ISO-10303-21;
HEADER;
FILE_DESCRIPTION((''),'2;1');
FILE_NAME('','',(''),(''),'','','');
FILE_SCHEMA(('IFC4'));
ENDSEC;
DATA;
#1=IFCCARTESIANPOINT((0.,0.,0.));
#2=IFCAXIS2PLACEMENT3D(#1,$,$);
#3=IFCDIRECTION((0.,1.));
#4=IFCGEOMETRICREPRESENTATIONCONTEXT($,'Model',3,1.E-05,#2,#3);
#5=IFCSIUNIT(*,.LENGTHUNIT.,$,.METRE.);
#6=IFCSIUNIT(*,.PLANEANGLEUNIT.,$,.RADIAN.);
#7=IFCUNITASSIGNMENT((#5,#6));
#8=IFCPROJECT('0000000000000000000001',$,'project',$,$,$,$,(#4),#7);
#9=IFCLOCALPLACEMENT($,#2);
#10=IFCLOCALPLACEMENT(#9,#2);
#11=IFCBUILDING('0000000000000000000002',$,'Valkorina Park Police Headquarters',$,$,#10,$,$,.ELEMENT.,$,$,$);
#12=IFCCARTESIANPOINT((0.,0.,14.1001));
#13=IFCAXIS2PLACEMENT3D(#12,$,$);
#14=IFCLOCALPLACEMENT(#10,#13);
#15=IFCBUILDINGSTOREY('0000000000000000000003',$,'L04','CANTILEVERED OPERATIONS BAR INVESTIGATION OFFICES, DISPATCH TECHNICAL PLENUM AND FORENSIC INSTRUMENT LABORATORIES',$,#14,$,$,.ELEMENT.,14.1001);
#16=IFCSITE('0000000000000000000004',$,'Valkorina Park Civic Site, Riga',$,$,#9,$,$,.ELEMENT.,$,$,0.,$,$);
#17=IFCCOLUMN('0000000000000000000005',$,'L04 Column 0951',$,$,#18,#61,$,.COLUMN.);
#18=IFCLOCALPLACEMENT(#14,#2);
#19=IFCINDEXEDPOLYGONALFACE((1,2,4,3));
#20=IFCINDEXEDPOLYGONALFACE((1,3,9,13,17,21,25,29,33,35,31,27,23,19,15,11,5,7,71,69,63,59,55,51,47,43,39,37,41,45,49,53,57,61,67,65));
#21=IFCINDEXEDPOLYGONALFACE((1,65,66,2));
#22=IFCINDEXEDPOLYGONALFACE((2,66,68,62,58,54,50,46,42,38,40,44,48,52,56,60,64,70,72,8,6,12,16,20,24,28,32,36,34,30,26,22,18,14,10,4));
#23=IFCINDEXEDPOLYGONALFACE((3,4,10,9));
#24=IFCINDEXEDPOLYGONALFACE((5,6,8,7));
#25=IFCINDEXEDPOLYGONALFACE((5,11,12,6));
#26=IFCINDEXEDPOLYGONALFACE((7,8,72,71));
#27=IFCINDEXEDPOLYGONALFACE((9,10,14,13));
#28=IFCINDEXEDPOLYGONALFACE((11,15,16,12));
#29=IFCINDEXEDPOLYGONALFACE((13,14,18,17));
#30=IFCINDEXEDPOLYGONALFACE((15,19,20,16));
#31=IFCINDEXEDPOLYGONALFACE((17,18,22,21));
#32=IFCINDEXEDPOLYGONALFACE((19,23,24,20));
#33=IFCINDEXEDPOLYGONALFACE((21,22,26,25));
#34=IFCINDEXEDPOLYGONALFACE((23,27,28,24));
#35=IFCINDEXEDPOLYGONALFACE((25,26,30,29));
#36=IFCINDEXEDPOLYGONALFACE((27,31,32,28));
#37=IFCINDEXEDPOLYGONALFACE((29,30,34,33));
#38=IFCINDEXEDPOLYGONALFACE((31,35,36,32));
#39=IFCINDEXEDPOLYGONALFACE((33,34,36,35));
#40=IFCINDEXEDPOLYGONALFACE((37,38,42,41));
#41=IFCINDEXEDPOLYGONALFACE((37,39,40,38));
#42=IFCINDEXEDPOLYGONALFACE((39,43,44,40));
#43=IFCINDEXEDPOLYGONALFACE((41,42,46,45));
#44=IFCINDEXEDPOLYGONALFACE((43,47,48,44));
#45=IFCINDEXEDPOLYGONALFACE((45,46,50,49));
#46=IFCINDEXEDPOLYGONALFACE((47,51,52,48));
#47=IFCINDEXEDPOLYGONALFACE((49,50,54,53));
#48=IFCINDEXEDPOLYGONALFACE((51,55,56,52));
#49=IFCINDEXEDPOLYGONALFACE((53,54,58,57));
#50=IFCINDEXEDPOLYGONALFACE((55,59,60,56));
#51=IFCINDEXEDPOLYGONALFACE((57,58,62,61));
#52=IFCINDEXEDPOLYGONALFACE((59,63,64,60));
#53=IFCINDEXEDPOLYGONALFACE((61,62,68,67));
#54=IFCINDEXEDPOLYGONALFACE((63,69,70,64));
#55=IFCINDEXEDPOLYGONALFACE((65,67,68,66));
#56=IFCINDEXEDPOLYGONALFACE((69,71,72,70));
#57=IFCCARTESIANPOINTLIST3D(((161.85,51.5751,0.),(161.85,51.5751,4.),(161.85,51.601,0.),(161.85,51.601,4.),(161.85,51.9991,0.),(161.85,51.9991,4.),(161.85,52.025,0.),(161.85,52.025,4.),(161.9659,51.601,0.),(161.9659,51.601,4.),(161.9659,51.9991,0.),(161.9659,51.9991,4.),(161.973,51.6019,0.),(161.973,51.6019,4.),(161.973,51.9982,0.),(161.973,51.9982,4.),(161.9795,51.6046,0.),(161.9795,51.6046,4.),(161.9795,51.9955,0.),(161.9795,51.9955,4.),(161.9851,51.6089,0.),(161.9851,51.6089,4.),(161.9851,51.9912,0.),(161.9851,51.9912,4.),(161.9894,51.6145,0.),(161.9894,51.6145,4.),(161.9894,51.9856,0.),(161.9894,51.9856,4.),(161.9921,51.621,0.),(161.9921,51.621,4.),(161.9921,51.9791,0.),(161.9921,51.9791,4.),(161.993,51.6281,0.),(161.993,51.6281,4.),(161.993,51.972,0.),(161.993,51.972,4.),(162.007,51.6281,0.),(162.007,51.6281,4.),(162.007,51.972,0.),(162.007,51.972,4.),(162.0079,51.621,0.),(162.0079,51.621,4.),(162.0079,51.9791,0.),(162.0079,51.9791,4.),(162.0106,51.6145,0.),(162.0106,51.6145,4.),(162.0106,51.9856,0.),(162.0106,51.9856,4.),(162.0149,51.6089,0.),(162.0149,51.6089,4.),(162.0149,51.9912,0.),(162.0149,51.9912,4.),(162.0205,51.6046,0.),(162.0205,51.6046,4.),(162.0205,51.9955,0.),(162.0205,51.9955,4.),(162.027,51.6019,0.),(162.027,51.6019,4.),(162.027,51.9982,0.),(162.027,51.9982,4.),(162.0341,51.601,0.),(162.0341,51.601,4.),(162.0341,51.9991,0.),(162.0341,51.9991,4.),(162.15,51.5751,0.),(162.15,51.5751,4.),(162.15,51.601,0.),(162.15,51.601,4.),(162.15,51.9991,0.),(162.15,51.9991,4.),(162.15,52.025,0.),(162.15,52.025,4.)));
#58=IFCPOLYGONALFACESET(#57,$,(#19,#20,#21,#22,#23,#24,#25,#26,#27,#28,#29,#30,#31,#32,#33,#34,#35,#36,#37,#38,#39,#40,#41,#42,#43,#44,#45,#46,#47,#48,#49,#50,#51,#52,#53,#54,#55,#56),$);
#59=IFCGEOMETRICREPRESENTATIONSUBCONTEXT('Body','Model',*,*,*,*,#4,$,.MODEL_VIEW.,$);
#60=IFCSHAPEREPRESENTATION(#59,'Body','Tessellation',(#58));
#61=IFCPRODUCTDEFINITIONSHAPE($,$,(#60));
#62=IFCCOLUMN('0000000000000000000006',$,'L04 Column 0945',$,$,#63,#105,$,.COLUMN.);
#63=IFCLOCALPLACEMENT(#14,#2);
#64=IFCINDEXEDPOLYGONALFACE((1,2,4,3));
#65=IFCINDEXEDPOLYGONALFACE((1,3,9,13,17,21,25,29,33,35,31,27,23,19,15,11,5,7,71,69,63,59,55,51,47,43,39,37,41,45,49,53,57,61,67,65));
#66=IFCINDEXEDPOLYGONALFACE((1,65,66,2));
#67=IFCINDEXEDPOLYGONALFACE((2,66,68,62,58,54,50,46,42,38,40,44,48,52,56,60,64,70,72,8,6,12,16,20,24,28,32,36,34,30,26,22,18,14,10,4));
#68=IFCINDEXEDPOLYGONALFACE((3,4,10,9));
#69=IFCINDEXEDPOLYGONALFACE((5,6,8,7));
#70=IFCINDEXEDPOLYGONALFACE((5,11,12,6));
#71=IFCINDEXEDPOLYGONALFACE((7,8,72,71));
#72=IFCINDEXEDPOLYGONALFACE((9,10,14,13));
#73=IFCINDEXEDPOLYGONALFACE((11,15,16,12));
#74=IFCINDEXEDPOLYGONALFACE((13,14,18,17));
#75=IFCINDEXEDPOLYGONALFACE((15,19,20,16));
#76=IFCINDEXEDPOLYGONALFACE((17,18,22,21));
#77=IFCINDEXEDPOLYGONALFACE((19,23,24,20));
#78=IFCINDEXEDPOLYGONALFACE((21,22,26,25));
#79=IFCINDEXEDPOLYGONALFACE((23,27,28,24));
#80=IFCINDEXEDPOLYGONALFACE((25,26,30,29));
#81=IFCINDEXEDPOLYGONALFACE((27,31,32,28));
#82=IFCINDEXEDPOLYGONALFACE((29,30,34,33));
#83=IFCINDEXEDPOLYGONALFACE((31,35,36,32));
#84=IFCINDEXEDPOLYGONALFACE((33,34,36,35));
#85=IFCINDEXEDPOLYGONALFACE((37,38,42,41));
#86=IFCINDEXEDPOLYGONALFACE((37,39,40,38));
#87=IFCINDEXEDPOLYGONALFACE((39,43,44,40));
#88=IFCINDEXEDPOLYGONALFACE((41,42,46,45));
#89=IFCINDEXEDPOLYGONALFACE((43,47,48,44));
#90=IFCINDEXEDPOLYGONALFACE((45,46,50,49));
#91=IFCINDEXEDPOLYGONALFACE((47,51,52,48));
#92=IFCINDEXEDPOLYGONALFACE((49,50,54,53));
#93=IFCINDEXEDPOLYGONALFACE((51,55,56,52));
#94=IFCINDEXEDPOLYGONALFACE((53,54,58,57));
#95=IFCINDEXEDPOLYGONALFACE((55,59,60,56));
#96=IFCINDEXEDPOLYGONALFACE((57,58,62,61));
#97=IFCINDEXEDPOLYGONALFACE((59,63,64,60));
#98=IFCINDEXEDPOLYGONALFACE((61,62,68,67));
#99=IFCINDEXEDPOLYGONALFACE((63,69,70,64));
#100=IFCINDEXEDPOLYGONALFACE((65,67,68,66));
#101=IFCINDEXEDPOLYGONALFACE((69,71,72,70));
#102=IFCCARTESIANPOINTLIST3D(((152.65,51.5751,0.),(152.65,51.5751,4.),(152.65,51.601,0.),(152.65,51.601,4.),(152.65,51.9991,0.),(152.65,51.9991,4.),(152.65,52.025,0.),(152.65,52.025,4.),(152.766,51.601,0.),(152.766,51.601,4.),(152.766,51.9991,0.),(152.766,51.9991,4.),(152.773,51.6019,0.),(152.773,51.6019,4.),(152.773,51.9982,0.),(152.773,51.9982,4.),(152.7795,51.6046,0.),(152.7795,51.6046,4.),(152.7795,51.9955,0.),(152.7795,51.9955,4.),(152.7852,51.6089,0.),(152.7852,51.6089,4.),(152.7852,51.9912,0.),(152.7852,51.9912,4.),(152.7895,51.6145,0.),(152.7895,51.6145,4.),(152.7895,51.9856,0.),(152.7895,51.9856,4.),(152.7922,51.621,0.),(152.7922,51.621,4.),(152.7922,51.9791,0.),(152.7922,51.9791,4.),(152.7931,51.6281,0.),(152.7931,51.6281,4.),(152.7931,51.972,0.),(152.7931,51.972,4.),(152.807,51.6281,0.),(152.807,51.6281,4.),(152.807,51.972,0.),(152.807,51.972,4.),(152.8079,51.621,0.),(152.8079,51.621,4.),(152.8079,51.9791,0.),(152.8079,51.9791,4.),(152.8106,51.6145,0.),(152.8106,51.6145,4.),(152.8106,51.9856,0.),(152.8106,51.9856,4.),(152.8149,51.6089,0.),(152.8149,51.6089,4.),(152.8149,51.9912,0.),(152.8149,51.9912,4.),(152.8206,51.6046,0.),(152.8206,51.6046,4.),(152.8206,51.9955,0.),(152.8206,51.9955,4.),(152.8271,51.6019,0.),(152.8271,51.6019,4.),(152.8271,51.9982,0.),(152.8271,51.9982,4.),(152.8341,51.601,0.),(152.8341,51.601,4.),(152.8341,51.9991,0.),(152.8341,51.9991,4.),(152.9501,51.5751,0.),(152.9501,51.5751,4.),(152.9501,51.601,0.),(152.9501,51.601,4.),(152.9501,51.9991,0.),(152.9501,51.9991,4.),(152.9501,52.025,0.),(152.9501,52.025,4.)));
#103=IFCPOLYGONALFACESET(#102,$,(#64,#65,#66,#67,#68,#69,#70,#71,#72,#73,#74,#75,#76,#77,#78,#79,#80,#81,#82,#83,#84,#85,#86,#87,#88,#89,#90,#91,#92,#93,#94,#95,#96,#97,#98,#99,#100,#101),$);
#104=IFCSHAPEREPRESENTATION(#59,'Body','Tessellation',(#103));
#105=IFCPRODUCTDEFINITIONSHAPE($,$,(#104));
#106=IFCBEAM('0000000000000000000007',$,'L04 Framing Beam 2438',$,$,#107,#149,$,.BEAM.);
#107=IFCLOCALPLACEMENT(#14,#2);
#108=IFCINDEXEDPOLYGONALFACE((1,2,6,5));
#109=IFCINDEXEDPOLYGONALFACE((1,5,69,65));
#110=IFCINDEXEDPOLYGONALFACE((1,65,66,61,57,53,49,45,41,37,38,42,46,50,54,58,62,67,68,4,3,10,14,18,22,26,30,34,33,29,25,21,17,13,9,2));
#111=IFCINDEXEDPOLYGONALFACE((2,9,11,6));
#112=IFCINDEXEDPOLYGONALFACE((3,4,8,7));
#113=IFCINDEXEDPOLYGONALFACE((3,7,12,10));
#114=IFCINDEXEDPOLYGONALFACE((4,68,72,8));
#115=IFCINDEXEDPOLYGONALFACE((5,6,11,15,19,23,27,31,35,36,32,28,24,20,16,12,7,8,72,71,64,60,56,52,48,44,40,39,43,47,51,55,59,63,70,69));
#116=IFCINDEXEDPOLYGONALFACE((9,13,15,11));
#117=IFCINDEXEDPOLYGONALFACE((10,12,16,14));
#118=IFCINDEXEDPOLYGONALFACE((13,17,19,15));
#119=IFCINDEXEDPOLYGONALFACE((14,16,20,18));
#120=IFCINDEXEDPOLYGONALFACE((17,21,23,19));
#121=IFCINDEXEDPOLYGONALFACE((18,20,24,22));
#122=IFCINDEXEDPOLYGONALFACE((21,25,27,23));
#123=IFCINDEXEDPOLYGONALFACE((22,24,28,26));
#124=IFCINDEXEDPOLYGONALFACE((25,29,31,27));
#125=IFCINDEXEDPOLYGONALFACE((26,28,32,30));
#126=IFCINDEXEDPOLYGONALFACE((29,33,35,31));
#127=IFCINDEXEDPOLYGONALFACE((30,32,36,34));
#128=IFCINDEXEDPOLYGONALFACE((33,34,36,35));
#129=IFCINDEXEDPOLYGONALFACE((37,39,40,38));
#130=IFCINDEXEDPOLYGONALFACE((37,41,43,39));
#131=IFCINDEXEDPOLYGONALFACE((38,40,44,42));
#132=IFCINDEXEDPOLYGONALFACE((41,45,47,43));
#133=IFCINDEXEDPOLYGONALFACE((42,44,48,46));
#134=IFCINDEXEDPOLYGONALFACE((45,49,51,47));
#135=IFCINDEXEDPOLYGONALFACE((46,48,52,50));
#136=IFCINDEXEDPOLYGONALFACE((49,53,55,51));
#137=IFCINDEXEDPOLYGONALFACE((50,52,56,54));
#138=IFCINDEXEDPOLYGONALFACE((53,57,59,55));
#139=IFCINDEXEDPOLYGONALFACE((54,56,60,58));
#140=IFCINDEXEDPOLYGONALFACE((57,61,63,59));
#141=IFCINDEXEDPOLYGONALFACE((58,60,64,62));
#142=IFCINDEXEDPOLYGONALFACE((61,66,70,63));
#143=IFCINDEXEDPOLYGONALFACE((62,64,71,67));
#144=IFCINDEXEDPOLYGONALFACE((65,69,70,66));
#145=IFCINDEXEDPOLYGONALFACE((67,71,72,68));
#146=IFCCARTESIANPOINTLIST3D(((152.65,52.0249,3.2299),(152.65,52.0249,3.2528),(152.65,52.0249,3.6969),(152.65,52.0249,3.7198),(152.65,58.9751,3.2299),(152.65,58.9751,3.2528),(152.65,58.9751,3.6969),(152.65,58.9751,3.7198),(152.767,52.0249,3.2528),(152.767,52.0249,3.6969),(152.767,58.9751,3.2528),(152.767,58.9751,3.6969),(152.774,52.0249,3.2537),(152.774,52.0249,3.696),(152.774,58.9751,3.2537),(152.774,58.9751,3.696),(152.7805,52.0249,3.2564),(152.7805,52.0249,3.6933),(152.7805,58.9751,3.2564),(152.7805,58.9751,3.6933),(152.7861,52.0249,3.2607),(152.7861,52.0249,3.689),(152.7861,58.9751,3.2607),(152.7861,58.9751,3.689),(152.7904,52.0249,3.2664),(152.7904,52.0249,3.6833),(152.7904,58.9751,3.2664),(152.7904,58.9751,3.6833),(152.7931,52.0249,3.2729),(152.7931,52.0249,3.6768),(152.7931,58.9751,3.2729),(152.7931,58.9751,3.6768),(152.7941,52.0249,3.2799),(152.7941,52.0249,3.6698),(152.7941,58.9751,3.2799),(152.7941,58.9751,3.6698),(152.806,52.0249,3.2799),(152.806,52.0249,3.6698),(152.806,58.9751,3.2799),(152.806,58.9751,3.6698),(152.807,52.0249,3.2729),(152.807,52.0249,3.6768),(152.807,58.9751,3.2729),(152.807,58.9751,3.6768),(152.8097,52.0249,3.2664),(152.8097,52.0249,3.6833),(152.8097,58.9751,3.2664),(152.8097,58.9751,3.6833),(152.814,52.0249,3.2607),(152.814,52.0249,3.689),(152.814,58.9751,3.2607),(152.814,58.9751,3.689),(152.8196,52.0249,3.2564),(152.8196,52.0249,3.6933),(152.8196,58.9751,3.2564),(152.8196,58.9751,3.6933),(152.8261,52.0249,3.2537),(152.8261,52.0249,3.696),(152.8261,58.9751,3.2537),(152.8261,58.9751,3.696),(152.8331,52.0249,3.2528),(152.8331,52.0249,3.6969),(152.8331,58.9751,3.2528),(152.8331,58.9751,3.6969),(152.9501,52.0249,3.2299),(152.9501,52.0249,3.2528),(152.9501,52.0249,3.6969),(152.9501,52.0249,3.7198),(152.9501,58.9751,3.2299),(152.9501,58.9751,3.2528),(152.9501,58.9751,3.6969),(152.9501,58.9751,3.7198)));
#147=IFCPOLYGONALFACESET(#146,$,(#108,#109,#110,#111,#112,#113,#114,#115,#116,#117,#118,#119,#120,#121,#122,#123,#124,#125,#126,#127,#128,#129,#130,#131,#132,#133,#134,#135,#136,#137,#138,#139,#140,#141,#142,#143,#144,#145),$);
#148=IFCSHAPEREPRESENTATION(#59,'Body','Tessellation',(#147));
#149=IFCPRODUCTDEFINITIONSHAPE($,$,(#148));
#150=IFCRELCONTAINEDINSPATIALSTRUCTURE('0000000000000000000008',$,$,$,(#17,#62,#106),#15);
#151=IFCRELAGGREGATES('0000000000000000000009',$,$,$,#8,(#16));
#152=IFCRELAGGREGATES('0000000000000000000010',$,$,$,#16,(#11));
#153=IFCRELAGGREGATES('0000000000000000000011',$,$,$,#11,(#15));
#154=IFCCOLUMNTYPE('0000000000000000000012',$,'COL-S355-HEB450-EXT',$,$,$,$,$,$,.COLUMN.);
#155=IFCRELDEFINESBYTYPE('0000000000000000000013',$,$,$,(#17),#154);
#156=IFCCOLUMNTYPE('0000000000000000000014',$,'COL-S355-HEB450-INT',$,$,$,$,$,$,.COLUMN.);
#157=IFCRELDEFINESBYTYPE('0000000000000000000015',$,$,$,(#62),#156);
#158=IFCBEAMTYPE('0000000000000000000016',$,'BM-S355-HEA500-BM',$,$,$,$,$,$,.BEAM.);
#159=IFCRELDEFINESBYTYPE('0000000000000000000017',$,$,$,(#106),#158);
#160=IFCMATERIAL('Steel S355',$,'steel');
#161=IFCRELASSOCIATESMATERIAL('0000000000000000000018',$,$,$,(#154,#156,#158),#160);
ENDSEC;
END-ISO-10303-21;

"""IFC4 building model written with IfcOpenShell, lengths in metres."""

from ifc_helpers import new_model, si_unit, direction, frame, origin, origin_2d, place, context, subcontext, project, spatial, i_section, extrude, material, material_profile, profile_set, type_object, element, save


model = new_model("IFC4")

# Units and contexts
model_context = context("Model", 3, precision=1e-05, world=origin(), true_north=direction((0.0, 1.0)))
body_context = subcontext(model_context, "Body", "Model", "MODEL_VIEW")
ifc_project = project(units=[si_unit("LENGTHUNIT", "METRE"), si_unit("PLANEANGLEUNIT", "RADIAN")], contexts=[model_context])

# Site, building, storey
site_placement = place(None, origin())
site = spatial("IfcSite", under=ifc_project, at=site_placement, Name="Valkorina Park Civic Site, Riga", CompositionType="ELEMENT", RefElevation=0.0)
building_placement = place(site_placement, origin())
building = spatial("IfcBuilding", under=site, at=building_placement, Name="Valkorina Park Police Headquarters", CompositionType="ELEMENT")
storey_placement = place(building_placement, frame((0.0, 0.0, 14.1001)))
storey = spatial("IfcBuildingStorey", under=building, at=storey_placement, Name="L04", Description="CANTILEVERED OPERATIONS BAR INVESTIGATION OFFICES, DISPATCH TECHNICAL PLENUM AND FORENSIC INSTRUMENT LABORATORIES", CompositionType="ELEMENT", Elevation=14.1001)

# Columns
ifc_material_1 = material(Name="Steel S355", Category="steel")
ifc_material_profile_1 = material_profile(ifc_material_1, i_section(OverallWidth=0.3, OverallDepth=0.45, WebThickness=0.0139, FlangeThickness=0.0259, FilletRadius=0.0271, at=origin_2d()), Name="HEB 450")
ifc_profile_set_1 = profile_set([ifc_material_profile_1], Name="Steel S355")
column_type_1 = type_object("IfcColumnType", Name="COL-S355-HEB450-EXT", PredefinedType="COLUMN", material=ifc_profile_set_1)
column_1_placement = place(storey_placement, frame((162.0, 51.8, 0.0), z_axis=(0.0, 0.0, 1.0), x_axis=(1.0, 0.0, 0.0)))
element("IfcColumn", 1, at=column_1_placement, inside=storey, type_object=column_type_1, Name="L04 Column 0951", PredefinedType="COLUMN", context=body_context, shape_type="SweptSolid", body=[
    extrude(i_section(OverallWidth=0.3, OverallDepth=0.45, WebThickness=0.0139, FlangeThickness=0.0259, FilletRadius=0.0271, at=origin_2d()), origin(), (0.0, 0.0, 1.0), 4.0),
])
ifc_material_profile_2 = material_profile(ifc_material_1, i_section(OverallWidth=0.3, OverallDepth=0.45, WebThickness=0.0139, FlangeThickness=0.0259, FilletRadius=0.0271, at=origin_2d()), Name="HEB 450")
ifc_profile_set_2 = profile_set([ifc_material_profile_2], Name="Steel S355")
column_type_2 = type_object("IfcColumnType", Name="COL-S355-HEB450-INT", PredefinedType="COLUMN", material=ifc_profile_set_2)
column_2_placement = place(storey_placement, frame((152.8, 51.8, 0.0), z_axis=(0.0, 0.0, 1.0), x_axis=(1.0, 0.0, 0.0)))
element("IfcColumn", 2, at=column_2_placement, inside=storey, type_object=column_type_2, Name="L04 Column 0945", PredefinedType="COLUMN", context=body_context, shape_type="SweptSolid", body=[
    extrude(i_section(OverallWidth=0.3, OverallDepth=0.45, WebThickness=0.0139, FlangeThickness=0.0259, FilletRadius=0.0271, at=origin_2d()), origin(), (0.0, 0.0, 1.0), 4.0),
])

# Beam
ifc_material_profile_3 = material_profile(ifc_material_1, i_section(OverallWidth=0.3, OverallDepth=0.49, WebThickness=0.012, FlangeThickness=0.0229, FilletRadius=0.0271, at=origin_2d()), Name="HEA 500")
ifc_profile_set_3 = profile_set([ifc_material_profile_3], Name="Steel S355")
beam_type_1 = type_object("IfcBeamType", Name="BM-S355-HEA500-BM", PredefinedType="BEAM", material=ifc_profile_set_3)
beam_1_placement = place(storey_placement, frame((152.8, 52.0249, 3.4749), z_axis=(0.0, 1.0, 0.0), x_axis=(-1.0, 0.0, 0.0)))
element("IfcBeam", 3, at=beam_1_placement, inside=storey, type_object=beam_type_1, Name="L04 Framing Beam 2438", PredefinedType="BEAM", context=body_context, shape_type="SweptSolid", body=[
    extrude(i_section(OverallWidth=0.3, OverallDepth=0.49, WebThickness=0.012, FlangeThickness=0.0229, FilletRadius=0.0271, at=origin_2d()), origin(), (0.0, 0.0, 1.0), 6.9502),
])

save(model, "model.ifc")
